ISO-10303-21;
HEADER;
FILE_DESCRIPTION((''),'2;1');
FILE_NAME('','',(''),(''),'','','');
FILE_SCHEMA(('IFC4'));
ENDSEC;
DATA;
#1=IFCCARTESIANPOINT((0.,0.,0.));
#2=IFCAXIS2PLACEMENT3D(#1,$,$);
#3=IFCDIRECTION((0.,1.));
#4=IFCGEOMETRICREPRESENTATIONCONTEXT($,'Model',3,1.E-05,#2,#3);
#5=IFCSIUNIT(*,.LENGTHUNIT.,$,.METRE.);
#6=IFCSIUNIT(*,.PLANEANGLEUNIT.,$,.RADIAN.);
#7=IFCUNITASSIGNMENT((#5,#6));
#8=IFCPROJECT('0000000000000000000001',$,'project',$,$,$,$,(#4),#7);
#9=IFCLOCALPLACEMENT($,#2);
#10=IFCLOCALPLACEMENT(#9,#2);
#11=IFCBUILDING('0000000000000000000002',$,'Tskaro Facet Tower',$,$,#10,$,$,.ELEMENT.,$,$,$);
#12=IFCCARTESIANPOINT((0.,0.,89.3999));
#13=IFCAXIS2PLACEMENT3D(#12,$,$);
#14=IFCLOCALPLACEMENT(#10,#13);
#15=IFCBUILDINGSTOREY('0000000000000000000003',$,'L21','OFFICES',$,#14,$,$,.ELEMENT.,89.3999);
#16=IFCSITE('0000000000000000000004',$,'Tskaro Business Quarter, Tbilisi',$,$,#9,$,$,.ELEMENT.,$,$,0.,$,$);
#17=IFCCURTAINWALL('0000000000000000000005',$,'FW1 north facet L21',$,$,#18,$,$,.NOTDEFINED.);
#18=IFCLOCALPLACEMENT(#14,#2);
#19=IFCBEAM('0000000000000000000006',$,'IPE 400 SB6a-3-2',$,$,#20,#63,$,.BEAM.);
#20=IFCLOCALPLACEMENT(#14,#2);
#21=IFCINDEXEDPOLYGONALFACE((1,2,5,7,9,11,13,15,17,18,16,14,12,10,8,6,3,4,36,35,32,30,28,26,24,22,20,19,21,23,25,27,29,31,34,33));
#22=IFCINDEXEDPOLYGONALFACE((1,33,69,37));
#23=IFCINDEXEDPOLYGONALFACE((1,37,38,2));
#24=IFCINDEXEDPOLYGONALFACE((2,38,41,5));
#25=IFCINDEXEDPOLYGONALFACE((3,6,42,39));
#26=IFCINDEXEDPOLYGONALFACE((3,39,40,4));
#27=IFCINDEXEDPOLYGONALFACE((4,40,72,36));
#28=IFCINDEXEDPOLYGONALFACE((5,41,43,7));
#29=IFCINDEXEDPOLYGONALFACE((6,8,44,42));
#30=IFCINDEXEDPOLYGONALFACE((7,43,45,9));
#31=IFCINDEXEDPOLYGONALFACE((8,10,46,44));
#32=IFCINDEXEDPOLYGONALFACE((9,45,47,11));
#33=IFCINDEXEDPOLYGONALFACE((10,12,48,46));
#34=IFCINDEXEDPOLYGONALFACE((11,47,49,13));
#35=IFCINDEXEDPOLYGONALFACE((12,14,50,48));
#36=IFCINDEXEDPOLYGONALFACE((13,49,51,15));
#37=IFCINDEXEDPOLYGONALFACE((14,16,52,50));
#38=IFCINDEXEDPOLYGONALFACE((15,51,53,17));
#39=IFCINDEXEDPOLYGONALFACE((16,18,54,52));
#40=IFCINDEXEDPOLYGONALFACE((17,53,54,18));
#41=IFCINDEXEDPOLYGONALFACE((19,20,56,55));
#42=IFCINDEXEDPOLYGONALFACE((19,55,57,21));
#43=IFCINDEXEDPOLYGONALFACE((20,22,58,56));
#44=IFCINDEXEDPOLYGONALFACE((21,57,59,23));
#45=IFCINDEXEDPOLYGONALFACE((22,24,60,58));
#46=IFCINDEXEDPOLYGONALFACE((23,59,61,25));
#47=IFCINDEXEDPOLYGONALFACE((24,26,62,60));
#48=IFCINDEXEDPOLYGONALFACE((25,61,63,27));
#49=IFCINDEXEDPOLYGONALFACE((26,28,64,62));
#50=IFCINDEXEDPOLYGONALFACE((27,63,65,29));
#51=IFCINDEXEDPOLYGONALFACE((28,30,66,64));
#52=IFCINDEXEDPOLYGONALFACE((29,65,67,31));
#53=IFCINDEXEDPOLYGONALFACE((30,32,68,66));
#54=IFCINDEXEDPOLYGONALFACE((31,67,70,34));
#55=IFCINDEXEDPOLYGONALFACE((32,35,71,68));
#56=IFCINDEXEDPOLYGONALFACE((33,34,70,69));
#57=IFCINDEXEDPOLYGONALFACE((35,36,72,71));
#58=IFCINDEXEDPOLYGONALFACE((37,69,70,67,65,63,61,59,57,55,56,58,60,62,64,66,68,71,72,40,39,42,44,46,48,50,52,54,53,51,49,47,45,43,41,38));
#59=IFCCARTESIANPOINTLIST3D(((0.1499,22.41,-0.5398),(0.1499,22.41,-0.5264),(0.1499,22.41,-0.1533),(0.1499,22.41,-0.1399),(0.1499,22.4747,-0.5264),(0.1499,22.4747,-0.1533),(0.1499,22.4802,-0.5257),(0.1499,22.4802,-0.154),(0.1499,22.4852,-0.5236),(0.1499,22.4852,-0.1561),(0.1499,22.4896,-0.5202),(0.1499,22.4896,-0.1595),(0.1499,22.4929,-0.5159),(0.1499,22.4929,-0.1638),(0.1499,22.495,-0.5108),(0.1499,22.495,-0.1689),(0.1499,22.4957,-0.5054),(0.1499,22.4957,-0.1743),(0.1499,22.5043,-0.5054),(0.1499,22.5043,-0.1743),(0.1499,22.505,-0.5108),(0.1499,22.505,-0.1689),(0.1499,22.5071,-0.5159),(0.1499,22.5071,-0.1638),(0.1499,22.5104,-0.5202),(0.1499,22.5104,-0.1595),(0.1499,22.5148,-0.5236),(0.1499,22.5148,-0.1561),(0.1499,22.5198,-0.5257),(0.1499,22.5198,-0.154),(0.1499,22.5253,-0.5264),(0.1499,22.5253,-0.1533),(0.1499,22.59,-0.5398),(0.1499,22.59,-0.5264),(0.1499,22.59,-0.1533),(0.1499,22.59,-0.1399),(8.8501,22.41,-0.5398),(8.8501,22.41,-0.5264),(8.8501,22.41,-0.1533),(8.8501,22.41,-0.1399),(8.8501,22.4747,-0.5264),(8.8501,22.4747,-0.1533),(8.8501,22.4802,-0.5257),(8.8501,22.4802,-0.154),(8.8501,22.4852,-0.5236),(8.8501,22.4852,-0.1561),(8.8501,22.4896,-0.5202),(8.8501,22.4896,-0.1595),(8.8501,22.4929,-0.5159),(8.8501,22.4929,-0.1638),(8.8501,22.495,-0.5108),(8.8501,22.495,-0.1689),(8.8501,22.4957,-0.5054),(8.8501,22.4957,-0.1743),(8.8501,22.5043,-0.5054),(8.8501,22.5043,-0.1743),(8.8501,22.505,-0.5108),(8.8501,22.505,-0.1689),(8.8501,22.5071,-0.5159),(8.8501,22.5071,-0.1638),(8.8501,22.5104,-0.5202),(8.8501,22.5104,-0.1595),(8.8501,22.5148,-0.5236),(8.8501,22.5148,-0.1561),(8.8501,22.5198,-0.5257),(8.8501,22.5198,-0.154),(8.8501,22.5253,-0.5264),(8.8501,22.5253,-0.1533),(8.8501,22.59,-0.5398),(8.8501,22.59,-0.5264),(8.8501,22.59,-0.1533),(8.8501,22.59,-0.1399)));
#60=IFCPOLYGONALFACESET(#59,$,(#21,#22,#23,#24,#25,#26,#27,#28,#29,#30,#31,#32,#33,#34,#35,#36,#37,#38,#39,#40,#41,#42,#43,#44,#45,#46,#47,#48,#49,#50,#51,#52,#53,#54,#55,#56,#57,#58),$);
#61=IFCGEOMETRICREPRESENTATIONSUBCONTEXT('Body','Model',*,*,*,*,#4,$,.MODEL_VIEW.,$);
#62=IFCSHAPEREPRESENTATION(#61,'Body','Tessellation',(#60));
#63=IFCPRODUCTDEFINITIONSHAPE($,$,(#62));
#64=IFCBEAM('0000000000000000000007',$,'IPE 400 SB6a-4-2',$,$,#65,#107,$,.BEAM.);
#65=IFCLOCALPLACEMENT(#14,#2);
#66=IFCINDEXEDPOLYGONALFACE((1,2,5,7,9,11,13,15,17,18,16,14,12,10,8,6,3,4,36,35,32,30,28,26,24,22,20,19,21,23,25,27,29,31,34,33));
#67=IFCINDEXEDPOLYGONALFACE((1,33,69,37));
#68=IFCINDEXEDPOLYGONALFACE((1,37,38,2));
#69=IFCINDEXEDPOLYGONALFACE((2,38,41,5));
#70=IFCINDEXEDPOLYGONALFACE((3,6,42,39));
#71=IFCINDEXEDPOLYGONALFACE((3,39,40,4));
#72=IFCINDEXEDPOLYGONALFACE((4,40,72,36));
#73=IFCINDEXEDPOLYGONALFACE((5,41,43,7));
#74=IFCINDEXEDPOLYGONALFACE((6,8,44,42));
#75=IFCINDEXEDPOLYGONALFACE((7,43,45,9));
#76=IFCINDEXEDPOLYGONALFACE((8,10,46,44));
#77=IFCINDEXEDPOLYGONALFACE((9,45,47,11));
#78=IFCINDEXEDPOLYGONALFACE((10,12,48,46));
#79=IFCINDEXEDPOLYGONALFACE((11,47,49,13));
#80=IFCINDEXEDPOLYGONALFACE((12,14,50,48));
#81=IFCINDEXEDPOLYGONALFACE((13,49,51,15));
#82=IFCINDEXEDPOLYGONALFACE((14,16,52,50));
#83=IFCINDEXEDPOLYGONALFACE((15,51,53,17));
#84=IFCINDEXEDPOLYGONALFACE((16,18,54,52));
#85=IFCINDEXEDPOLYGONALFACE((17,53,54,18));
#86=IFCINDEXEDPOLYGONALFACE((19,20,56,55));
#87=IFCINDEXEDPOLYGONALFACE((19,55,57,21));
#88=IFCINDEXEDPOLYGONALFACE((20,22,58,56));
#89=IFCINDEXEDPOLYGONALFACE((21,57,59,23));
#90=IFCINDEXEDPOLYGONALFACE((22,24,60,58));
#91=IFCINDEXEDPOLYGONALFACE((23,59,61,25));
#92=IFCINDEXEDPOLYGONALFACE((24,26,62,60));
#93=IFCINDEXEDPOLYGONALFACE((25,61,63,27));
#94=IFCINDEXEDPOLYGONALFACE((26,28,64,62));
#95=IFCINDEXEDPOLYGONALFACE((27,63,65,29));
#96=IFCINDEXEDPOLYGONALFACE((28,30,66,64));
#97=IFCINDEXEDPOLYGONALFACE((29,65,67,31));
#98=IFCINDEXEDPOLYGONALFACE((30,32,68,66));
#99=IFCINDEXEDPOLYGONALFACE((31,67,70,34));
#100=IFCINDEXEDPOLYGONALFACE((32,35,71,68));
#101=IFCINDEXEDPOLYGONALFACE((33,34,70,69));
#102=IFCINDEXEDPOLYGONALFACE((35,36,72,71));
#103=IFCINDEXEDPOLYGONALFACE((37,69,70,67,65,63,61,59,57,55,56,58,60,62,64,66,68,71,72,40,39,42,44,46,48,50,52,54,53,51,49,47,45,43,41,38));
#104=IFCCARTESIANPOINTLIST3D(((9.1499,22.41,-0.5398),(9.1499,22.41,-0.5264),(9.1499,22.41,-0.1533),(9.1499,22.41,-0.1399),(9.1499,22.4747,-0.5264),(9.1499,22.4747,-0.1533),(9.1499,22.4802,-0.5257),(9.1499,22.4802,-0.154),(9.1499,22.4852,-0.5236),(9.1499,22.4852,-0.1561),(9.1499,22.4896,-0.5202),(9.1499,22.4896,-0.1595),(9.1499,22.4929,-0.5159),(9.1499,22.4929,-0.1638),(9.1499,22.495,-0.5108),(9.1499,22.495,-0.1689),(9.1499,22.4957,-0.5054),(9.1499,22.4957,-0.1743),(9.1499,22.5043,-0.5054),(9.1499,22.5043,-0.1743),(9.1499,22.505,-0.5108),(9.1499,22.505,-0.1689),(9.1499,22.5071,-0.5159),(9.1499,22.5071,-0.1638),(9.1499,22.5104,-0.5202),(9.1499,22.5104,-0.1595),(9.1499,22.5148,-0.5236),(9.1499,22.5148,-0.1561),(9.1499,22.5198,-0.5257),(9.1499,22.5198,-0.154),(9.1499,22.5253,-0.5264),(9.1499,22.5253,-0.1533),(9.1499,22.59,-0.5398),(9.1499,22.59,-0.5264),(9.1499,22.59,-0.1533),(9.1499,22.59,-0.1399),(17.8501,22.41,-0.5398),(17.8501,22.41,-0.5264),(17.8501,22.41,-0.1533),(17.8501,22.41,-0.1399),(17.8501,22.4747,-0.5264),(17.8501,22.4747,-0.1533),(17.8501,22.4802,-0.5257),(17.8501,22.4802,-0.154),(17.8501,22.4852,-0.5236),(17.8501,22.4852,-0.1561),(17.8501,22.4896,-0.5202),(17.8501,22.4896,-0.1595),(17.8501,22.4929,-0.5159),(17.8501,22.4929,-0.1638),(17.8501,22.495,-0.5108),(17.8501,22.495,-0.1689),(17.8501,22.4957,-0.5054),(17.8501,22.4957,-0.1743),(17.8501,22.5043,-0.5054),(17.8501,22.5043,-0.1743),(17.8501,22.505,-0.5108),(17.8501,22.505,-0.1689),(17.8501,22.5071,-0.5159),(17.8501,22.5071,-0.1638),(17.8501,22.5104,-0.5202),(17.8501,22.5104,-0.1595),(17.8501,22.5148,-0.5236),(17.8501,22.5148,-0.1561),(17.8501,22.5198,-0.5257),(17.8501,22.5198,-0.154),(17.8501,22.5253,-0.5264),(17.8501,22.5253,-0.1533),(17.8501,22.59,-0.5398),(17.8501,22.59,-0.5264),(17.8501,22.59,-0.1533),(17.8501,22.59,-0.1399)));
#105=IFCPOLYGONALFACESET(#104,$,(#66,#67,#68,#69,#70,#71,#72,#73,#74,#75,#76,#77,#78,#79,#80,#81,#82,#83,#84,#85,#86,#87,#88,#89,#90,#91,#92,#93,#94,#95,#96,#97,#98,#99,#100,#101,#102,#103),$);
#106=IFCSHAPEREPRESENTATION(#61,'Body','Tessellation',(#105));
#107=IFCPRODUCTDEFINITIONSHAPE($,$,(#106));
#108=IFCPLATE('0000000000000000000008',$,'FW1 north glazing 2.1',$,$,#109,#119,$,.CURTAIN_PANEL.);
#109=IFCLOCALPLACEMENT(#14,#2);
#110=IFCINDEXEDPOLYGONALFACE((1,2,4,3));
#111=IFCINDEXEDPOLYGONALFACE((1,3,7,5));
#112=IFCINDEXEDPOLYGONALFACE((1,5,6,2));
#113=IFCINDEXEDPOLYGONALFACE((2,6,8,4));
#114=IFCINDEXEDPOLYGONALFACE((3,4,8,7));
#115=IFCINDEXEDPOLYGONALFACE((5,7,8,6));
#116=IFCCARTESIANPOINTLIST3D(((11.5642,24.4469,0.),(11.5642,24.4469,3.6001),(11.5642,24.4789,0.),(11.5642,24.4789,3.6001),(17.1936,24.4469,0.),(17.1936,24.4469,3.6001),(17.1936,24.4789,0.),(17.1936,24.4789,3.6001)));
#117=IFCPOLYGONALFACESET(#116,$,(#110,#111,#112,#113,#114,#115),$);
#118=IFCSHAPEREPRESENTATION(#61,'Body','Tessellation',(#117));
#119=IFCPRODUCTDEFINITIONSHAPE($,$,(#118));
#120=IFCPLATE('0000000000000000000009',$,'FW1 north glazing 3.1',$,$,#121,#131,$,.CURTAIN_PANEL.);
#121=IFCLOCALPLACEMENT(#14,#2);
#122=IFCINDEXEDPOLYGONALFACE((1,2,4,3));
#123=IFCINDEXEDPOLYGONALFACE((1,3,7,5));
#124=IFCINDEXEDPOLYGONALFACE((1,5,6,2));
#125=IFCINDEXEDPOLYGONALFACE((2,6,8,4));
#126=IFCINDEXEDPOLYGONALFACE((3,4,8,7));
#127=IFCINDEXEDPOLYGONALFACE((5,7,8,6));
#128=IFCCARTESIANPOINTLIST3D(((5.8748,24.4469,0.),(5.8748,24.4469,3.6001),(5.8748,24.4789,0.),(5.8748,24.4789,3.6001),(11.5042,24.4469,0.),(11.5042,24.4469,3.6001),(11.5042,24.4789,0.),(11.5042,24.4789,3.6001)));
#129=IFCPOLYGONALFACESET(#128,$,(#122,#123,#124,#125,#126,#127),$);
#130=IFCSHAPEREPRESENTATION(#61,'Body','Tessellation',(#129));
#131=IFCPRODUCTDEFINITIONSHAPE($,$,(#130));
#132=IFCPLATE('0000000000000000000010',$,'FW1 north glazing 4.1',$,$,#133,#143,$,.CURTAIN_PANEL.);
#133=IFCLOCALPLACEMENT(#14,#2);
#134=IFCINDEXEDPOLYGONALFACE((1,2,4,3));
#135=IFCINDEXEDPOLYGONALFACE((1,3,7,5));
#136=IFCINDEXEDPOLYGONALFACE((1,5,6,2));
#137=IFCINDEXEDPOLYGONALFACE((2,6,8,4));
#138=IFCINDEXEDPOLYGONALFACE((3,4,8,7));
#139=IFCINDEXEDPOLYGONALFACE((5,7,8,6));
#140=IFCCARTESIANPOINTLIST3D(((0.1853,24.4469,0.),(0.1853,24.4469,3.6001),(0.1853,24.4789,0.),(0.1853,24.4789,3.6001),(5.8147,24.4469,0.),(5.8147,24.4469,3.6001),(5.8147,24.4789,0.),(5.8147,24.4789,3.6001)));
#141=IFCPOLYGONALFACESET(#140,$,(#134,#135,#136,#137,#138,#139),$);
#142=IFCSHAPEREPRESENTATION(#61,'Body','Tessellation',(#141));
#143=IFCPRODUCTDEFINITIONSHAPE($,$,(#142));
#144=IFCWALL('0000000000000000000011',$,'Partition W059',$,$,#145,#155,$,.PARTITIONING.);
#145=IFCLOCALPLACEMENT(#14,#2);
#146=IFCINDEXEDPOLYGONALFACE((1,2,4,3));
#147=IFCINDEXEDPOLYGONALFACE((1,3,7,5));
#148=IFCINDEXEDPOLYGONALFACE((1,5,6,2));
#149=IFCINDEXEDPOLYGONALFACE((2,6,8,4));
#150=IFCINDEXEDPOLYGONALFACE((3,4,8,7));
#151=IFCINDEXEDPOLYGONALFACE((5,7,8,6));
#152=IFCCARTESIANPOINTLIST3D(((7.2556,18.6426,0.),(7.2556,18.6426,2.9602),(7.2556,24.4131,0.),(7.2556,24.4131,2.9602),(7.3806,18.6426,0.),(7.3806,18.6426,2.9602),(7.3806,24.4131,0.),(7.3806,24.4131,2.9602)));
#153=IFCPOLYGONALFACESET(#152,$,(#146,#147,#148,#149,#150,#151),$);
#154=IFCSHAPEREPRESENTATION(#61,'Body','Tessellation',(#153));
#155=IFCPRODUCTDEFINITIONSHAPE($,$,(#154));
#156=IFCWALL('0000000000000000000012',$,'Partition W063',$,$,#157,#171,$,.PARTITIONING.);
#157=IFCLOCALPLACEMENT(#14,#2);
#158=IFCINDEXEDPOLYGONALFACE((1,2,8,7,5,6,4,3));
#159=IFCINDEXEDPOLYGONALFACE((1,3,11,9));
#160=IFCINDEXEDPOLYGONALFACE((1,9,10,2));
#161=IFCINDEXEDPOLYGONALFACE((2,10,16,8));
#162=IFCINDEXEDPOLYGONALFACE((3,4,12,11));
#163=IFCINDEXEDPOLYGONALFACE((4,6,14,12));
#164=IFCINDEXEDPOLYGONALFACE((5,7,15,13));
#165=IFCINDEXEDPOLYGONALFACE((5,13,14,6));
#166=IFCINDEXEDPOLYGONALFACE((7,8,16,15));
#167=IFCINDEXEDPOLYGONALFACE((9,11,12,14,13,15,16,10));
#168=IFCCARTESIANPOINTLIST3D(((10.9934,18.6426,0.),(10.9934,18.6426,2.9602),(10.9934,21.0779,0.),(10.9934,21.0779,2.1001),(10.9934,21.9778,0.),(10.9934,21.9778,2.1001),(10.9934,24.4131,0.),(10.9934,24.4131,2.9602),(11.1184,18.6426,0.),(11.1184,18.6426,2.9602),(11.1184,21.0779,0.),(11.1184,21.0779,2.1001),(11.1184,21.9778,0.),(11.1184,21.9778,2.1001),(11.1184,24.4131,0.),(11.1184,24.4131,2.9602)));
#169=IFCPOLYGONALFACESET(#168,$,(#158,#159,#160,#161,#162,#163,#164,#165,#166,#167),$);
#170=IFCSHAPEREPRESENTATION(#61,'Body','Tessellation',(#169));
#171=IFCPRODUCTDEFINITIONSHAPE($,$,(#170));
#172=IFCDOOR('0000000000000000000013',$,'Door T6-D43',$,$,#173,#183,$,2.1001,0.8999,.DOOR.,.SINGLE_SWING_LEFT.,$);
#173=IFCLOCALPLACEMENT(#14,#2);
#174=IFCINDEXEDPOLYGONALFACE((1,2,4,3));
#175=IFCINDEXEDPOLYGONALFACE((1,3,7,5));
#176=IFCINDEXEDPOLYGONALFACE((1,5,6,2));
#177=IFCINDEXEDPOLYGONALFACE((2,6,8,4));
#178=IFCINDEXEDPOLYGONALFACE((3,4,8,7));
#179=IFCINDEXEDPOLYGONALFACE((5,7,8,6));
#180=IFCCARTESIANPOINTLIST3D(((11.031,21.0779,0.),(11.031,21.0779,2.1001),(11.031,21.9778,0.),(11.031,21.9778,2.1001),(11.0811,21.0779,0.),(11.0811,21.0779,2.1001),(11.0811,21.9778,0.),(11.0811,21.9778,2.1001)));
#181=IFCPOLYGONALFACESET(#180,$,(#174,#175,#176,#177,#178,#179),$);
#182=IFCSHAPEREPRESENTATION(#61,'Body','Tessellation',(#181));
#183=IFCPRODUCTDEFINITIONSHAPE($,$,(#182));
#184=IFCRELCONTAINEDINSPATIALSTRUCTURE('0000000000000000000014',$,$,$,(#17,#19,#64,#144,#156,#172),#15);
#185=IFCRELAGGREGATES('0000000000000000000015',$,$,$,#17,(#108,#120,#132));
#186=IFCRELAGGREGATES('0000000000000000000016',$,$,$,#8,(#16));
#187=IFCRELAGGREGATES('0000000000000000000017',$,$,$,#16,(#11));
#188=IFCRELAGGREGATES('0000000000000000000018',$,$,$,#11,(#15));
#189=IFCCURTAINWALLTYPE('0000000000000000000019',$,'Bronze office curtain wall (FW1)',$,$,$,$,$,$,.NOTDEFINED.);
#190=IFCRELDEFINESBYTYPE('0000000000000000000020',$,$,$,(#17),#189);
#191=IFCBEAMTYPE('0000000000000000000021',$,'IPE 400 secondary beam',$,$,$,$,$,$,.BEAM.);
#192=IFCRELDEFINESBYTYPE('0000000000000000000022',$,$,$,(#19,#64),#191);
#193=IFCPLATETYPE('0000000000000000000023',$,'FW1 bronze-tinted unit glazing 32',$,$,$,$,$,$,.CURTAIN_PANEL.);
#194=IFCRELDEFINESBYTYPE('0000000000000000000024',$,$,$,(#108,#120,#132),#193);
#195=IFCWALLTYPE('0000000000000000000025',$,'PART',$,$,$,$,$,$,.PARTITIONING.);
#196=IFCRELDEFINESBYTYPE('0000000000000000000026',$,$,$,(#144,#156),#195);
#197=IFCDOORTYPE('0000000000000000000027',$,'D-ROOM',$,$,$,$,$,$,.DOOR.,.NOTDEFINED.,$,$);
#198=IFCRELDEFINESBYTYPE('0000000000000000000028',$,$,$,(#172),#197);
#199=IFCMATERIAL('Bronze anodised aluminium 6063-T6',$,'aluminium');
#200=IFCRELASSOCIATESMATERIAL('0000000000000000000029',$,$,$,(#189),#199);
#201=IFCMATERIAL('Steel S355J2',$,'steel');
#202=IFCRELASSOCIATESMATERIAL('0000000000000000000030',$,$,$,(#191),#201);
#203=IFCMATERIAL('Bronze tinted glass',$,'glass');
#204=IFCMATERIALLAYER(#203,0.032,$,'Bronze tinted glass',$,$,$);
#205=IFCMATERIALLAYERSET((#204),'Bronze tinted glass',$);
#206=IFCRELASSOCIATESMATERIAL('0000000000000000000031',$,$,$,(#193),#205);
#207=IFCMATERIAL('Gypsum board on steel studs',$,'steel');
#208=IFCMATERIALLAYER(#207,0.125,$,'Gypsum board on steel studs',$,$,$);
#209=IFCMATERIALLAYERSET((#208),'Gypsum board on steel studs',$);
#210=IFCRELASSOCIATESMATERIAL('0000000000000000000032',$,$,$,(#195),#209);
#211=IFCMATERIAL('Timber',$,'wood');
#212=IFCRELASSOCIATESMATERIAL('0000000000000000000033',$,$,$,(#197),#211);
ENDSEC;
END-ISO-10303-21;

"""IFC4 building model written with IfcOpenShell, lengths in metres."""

from ifc_helpers import new_model, si_unit, direction, frame, frame_2d, origin, origin_2d, place, context, subcontext, project, spatial, rectangle, i_section, extrude, material, layer, layer_set, material_profile, profile_set, type_object, element, fill, aggregate, save


model = new_model("IFC4")

# Units and contexts
model_context = context("Model", 3, precision=1e-05, world=origin(), true_north=direction((0.0, 1.0)))
body_context = subcontext(model_context, "Body", "Model", "MODEL_VIEW")
ifc_project = project(units=[si_unit("LENGTHUNIT", "METRE"), si_unit("PLANEANGLEUNIT", "RADIAN")], contexts=[model_context])

# Site, building, storey
site_placement = place(None, origin())
site = spatial("IfcSite", under=ifc_project, at=site_placement, Name="Tskaro Business Quarter, Tbilisi", CompositionType="ELEMENT", RefElevation=0.0)
building_placement = place(site_placement, origin())
building = spatial("IfcBuilding", under=site, at=building_placement, Name="Tskaro Facet Tower", CompositionType="ELEMENT")
storey_placement = place(building_placement, frame((0.0, 0.0, 89.3999)))
storey = spatial("IfcBuildingStorey", under=building, at=storey_placement, Name="L21", Description="OFFICES", CompositionType="ELEMENT", Elevation=89.3999)

# Curtain wall
ifc_material_1 = material(Name="Bronze anodised aluminium 6063-T6", Category="aluminium")
curtain_wall_type = type_object("IfcCurtainWallType", Name="Bronze office curtain wall (FW1)", PredefinedType="NOTDEFINED", material=ifc_material_1)
curtain_wall_placement = place(storey_placement, origin())
curtain_wall = element("IfcCurtainWall", 1, at=curtain_wall_placement, inside=storey, type_object=curtain_wall_type, Name="FW1 north facet L21", PredefinedType="NOTDEFINED")

# Beams
ifc_material_2 = material(Name="Steel S355J2", Category="steel")
ifc_material_profile_1 = material_profile(ifc_material_2, i_section(OverallWidth=0.1799, OverallDepth=0.3999, WebThickness=0.0085, FlangeThickness=0.0134, FilletRadius=0.021, at=origin_2d()), Name="IPE 400")
ifc_profile_set_1 = profile_set([ifc_material_profile_1], Name="Steel S355J2")
beam_type_1 = type_object("IfcBeamType", Name="IPE 400 secondary beam", PredefinedType="BEAM", material=ifc_profile_set_1)
for number, where, z_axis, x_axis, name in (
    (2, (0.1499, 22.5, -0.3398), (1.0, 0.0, 0.0), (0.0, 1.0, 0.0), "IPE 400 SB6a-3-2"),
    (3, (9.1499, 22.5, -0.3398), (1.0, 0.0, 0.0), (0.0, 1.0, 0.0), "IPE 400 SB6a-4-2"),
):
    element("IfcBeam", number, at=place(storey_placement, frame(where, z_axis=z_axis, x_axis=x_axis)), inside=storey, type_object=beam_type_1, Name=name, PredefinedType="BEAM", context=body_context, shape_type="SweptSolid", body=[
        extrude(i_section(OverallWidth=0.1799, OverallDepth=0.3999, WebThickness=0.0085, FlangeThickness=0.0134, FilletRadius=0.021, at=origin_2d()), origin(), (0.0, 0.0, 1.0), 8.7002),
    ])

# Plates
ifc_material_3 = material(Name="Bronze tinted glass", Category="glass")
ifc_layer_1 = layer(ifc_material_3, 0.032, Name="Bronze tinted glass")
ifc_layer_set_1 = layer_set([ifc_layer_1], Name="Bronze tinted glass")
plate_type = type_object("IfcPlateType", Name="FW1 bronze-tinted unit glazing 32", PredefinedType="CURTAIN_PANEL", material=ifc_layer_set_1)
plate_1_placement = place(storey_placement, frame((14.3789, 24.4629, 0.0), z_axis=(0.0, 0.0, 1.0), x_axis=(-1.0, 0.0, 0.0)))
plate_1 = element("IfcPlate", 4, at=plate_1_placement, type_object=plate_type, Name="FW1 north glazing 2.1", PredefinedType="CURTAIN_PANEL", context=body_context, shape_type="SweptSolid", body=[
    extrude(rectangle(XDim=5.6294, YDim=0.032, at=origin_2d()), origin(), (0.0, 0.0, 1.0), 3.6001),
])
plate_2_placement = place(storey_placement, frame((8.6895, 24.4629, 0.0), z_axis=(0.0, 0.0, 1.0), x_axis=(-1.0, 0.0, 0.0)))
plate_2 = element("IfcPlate", 5, at=plate_2_placement, type_object=plate_type, Name="FW1 north glazing 3.1", PredefinedType="CURTAIN_PANEL", context=body_context, shape_type="SweptSolid", body=[
    extrude(rectangle(XDim=5.6294, YDim=0.032, at=origin_2d()), origin(), (0.0, 0.0, 1.0), 3.6001),
])
plate_3_placement = place(storey_placement, frame((3.0, 24.4629, 0.0), z_axis=(0.0, 0.0, 1.0), x_axis=(-1.0, 0.0, 0.0)))
plate_3 = element("IfcPlate", 6, at=plate_3_placement, type_object=plate_type, Name="FW1 north glazing 4.1", PredefinedType="CURTAIN_PANEL", context=body_context, shape_type="SweptSolid", body=[
    extrude(rectangle(XDim=5.6294, YDim=0.032, at=origin_2d()), origin(), (0.0, 0.0, 1.0), 3.6001),
])
aggregate(curtain_wall, [plate_1, plate_2, plate_3])

# Wall
ifc_material_4 = material(Name="Gypsum board on steel studs", Category="steel")
ifc_layer_2 = layer(ifc_material_4, 0.125, Name="Gypsum board on steel studs")
ifc_layer_set_2 = layer_set([ifc_layer_2], Name="Gypsum board on steel studs")
wall_type = type_object("IfcWallType", Name="PART", PredefinedType="PARTITIONING", material=ifc_layer_set_2)
wall_1_placement = place(storey_placement, frame((7.3181, 18.6426, 0.0), z_axis=(0.0, 0.0, 1.0), x_axis=(0.0, 1.0, 0.0)))
element("IfcWall", 7, at=wall_1_placement, inside=storey, type_object=wall_type, Name="Partition W059", PredefinedType="PARTITIONING", context=body_context, shape_type="SweptSolid", body=[
    extrude(rectangle(XDim=5.7705, YDim=0.125, at=frame_2d((2.8853, 0.0))), origin(), (0.0, 0.0, 1.0), 2.9602),
])

# Wall, opening, door
wall_2_placement = place(storey_placement, frame((11.0559, 18.6426, 0.0), z_axis=(0.0, 0.0, 1.0), x_axis=(0.0, 1.0, 0.0)))
wall_2 = element("IfcWall", 8, at=wall_2_placement, inside=storey, type_object=wall_type, Name="Partition W063", PredefinedType="PARTITIONING", context=body_context, shape_type="SweptSolid", body=[
    extrude(rectangle(XDim=5.7705, YDim=0.125, at=frame_2d((2.8853, 0.0))), origin(), (0.0, 0.0, 1.0), 2.9602),
])
opening_placement = place(wall_2_placement, frame((2.4353, 0.0, 0.0)))
opening = element("IfcOpeningElement", 9, at=opening_placement, cuts=wall_2, PredefinedType="OPENING", context=body_context, shape_type="SweptSolid", body=[
    extrude(rectangle(XDim=0.8999, YDim=2.1001, at=frame_2d((0.45, 1.05))), frame((0.0, 0.0725, 0.0), z_axis=(0.0, -1.0, 0.0), x_axis=(1.0, 0.0, 0.0)), (0.0, 0.0, 1.0), 0.145),
])
ifc_material_5 = material(Name="Timber", Category="wood")
door_type = type_object("IfcDoorType", Name="D-ROOM", OperationType="NOTDEFINED", PredefinedType="DOOR", material=ifc_material_5)
door_placement = place(opening_placement, origin())
door = element("IfcDoor", 10, at=door_placement, inside=storey, type_object=door_type, Name="Door T6-D43", OperationType="SINGLE_SWING_LEFT", OverallHeight=2.1001, OverallWidth=0.8999, PredefinedType="DOOR", context=body_context, shape_type="SweptSolid", body=[
    extrude(rectangle(XDim=0.8999, YDim=2.1001, at=frame_2d((0.45, 1.05))), frame((0.0, 0.0249, 0.0), z_axis=(0.0, -1.0, 0.0), x_axis=(1.0, 0.0, 0.0)), (0.0, 0.0, 1.0), 0.05),
])
fill(opening, door)

save(model, "model.ifc")
